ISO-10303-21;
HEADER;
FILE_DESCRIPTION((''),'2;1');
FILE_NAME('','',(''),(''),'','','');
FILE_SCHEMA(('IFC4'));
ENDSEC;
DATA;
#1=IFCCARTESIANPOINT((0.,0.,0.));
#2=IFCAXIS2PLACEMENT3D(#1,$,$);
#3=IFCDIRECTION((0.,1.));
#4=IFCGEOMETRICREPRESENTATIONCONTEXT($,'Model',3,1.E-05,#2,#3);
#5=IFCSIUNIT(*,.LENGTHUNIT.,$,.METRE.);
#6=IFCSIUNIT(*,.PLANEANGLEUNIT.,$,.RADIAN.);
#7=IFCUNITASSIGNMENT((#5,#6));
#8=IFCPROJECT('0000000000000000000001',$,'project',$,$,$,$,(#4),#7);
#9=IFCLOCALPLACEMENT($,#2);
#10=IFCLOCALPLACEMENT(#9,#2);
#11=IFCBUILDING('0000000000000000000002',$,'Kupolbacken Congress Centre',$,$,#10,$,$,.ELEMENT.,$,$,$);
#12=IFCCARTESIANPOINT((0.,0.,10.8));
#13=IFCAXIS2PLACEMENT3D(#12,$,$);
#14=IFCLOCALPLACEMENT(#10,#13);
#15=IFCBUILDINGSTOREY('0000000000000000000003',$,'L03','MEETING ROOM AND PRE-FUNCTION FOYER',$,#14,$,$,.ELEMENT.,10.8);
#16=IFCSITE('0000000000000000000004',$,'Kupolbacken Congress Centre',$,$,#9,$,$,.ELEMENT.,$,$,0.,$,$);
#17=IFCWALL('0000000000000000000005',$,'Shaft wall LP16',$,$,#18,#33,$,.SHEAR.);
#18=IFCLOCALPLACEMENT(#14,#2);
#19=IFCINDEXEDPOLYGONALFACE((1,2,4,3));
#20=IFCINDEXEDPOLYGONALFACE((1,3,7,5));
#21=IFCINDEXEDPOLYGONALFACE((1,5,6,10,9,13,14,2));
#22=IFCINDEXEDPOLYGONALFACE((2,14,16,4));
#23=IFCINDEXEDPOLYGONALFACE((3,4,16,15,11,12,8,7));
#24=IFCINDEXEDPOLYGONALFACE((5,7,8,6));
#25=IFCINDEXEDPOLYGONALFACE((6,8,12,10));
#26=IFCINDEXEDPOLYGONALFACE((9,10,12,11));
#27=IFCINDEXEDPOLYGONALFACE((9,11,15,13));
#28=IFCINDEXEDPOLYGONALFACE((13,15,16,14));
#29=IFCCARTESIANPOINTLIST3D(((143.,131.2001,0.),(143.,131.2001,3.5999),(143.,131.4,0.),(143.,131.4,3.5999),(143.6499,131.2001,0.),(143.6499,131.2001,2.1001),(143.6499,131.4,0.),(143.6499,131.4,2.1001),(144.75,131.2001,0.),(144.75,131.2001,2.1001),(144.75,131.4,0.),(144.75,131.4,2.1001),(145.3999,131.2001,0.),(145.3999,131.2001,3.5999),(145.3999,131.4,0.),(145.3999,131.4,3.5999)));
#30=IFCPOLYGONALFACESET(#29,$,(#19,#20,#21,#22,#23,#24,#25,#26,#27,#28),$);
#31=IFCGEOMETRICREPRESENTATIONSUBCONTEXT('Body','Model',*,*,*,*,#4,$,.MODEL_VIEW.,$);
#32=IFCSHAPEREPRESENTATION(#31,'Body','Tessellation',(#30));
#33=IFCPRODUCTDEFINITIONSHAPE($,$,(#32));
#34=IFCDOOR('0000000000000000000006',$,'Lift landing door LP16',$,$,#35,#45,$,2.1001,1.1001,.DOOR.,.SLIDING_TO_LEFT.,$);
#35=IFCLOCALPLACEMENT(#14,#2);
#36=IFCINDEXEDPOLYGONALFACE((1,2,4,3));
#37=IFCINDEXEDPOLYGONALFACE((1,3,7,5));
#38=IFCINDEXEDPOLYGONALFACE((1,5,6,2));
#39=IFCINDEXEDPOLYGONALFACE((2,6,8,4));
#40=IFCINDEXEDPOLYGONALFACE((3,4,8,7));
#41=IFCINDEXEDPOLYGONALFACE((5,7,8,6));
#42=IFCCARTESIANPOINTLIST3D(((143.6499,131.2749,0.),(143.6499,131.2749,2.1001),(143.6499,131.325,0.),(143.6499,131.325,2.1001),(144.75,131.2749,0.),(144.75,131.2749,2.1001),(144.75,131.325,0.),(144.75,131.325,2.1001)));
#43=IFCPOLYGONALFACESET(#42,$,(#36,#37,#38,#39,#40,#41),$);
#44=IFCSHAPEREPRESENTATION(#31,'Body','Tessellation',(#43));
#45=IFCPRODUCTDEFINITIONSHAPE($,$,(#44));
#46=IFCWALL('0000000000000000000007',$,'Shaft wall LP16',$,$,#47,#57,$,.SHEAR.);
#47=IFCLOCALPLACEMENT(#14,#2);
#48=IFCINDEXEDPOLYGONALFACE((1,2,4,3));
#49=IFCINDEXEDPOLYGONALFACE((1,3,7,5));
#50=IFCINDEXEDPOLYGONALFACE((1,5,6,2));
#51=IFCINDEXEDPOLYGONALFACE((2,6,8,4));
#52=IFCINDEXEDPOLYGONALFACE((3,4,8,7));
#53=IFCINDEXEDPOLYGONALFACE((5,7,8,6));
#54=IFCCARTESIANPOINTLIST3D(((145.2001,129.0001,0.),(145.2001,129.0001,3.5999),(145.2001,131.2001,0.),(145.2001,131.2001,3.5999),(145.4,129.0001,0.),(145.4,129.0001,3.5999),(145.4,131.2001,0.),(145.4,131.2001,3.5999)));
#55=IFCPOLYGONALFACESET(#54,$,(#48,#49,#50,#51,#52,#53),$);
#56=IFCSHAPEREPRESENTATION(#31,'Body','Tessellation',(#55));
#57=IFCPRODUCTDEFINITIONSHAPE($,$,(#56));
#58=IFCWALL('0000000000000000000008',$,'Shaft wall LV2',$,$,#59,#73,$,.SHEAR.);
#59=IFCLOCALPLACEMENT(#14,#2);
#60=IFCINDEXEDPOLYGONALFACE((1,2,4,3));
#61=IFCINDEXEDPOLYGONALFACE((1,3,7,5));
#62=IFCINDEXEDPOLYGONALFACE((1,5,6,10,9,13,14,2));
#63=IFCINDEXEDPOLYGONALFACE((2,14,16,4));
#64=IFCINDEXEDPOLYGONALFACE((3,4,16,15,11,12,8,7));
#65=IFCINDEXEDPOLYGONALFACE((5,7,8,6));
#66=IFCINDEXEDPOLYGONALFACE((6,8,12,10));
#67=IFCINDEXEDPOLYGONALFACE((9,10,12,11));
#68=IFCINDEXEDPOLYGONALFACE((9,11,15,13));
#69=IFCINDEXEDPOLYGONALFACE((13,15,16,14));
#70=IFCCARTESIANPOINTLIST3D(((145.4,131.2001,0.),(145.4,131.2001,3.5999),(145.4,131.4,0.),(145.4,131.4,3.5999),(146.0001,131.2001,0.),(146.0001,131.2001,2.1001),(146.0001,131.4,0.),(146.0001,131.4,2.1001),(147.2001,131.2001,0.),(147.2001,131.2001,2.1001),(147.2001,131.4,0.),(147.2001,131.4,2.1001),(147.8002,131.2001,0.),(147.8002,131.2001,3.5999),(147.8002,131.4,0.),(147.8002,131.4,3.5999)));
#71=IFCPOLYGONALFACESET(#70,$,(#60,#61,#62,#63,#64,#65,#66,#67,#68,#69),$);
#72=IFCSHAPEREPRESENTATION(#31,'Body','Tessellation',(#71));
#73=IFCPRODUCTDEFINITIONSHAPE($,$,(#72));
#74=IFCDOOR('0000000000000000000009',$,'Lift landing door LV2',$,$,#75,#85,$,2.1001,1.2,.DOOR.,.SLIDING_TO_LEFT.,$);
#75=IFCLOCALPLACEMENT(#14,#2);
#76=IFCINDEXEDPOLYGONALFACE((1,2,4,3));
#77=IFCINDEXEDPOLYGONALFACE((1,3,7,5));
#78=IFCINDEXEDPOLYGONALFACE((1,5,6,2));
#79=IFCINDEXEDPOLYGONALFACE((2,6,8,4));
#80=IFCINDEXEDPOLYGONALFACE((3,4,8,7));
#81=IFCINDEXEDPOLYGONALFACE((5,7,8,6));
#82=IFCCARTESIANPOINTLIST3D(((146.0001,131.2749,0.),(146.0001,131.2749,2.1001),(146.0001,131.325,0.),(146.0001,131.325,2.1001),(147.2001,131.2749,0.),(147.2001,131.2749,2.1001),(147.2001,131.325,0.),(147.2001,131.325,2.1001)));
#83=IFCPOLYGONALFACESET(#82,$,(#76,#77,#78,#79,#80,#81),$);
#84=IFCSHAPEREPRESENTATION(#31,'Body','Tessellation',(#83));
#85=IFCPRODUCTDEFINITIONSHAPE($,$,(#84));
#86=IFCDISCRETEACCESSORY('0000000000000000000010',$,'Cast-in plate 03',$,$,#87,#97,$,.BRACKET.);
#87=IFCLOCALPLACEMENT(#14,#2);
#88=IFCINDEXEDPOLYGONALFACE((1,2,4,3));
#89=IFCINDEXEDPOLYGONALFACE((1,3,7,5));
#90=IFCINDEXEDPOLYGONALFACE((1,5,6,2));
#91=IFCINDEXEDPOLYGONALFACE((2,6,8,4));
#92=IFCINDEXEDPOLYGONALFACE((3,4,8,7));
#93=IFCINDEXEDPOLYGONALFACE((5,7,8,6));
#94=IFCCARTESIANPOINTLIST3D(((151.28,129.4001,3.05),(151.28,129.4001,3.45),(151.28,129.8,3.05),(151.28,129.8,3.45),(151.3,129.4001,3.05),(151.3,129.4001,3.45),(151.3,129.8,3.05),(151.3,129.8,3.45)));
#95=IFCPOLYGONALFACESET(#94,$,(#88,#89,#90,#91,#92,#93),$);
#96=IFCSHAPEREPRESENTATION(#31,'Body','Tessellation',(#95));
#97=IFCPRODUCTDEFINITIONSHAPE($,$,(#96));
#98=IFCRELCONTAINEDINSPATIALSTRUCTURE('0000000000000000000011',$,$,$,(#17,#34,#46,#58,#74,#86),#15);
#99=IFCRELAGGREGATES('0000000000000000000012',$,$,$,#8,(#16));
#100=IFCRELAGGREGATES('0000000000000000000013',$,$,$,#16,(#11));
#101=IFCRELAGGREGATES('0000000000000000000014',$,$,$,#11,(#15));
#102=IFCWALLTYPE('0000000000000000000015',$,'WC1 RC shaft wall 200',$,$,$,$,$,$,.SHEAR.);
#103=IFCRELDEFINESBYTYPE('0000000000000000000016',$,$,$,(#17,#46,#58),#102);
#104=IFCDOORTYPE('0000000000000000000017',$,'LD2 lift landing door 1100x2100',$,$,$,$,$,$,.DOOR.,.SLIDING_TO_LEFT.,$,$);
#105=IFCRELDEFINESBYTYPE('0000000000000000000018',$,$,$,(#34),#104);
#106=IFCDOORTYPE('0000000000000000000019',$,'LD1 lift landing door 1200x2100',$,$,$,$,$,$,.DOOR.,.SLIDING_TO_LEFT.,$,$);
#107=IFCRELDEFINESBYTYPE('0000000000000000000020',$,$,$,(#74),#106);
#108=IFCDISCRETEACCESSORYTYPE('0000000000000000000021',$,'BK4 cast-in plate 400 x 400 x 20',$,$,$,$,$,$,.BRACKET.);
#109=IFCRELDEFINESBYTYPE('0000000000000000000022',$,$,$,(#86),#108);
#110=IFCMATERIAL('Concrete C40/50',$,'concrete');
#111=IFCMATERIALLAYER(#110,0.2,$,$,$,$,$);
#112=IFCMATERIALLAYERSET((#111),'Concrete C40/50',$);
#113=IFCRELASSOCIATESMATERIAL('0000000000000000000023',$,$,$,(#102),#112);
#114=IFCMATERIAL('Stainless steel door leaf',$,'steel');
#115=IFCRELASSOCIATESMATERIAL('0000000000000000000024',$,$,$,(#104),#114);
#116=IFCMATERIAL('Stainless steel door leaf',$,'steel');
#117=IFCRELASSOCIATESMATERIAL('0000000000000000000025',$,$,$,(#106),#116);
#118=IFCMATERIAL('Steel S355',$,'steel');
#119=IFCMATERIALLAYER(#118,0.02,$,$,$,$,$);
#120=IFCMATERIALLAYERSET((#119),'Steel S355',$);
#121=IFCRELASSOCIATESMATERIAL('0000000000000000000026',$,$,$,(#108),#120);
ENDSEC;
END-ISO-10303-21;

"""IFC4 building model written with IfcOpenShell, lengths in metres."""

from ifc_helpers import new_model, si_unit, direction, frame, frame_2d, origin, origin_2d, place, context, subcontext, project, spatial, rectangle, extrude, material, layer, layer_set, type_object, element, fill, save


model = new_model("IFC4")

# Units and contexts
model_context = context("Model", 3, precision=1e-05, world=origin(), true_north=direction((0.0, 1.0)))
body_context = subcontext(model_context, "Body", "Model", "MODEL_VIEW")
ifc_project = project(units=[si_unit("LENGTHUNIT", "METRE"), si_unit("PLANEANGLEUNIT", "RADIAN")], contexts=[model_context])

# Site, building, storey
site_placement = place(None, origin())
site = spatial("IfcSite", under=ifc_project, at=site_placement, Name="Kupolbacken Congress Centre", CompositionType="ELEMENT", RefElevation=0.0)
building_placement = place(site_placement, origin())
building = spatial("IfcBuilding", under=site, at=building_placement, Name="Kupolbacken Congress Centre", CompositionType="ELEMENT")
storey_placement = place(building_placement, frame((0.0, 0.0, 10.8)))
storey = spatial("IfcBuildingStorey", under=building, at=storey_placement, Name="L03", Description="MEETING ROOM AND PRE-FUNCTION FOYER", CompositionType="ELEMENT", Elevation=10.8)

# Shared definitions
ifc_material_1 = material(Name="Concrete C40/50", Category="concrete")
ifc_layer_1 = layer(ifc_material_1, 0.2)
ifc_layer_set_1 = layer_set([ifc_layer_1], Name="Concrete C40/50")
wall_type_1 = type_object("IfcWallType", Name="WC1 RC shaft wall 200", PredefinedType="SHEAR", material=ifc_layer_set_1)

# Wall, opening, door
wall_1_placement = place(storey_placement, frame((143.0, 131.3, 0.0), z_axis=(0.0, 0.0, 1.0), x_axis=(1.0, 0.0, 0.0)))
wall_1 = element("IfcWall", 1, at=wall_1_placement, inside=storey, type_object=wall_type_1, Name="Shaft wall LP16", PredefinedType="SHEAR", context=body_context, shape_type="SweptSolid", body=[
    extrude(rectangle(XDim=2.3999, YDim=0.2, at=frame_2d((1.2, 0.0))), origin(), (0.0, 0.0, 1.0), 3.5999),
])
opening_1_placement = place(wall_1_placement, frame((0.6499, 0.0, 0.0)))
opening_1 = element("IfcOpeningElement", 2, at=opening_1_placement, cuts=wall_1, PredefinedType="OPENING", context=body_context, shape_type="SweptSolid", body=[
    extrude(rectangle(XDim=1.1001, YDim=2.1001, at=frame_2d((0.55, 1.05))), frame((0.0, 0.1099, 0.0), z_axis=(0.0, -1.0, 0.0), x_axis=(1.0, 0.0, 0.0)), (0.0, 0.0, 1.0), 0.22),
])
ifc_material_2 = material(Name="Stainless steel door leaf", Category="steel")
door_type_1 = type_object("IfcDoorType", Name="LD2 lift landing door 1100x2100", OperationType="SLIDING_TO_LEFT", PredefinedType="DOOR", material=ifc_material_2)
door_1_placement = place(opening_1_placement, origin())
door_1 = element("IfcDoor", 3, at=door_1_placement, inside=storey, type_object=door_type_1, Name="Lift landing door LP16", OperationType="SLIDING_TO_LEFT", OverallHeight=2.1001, OverallWidth=1.1001, PredefinedType="DOOR", context=body_context, shape_type="SweptSolid", body=[
    extrude(rectangle(XDim=1.1001, YDim=2.1001, at=frame_2d((0.55, 1.05))), frame((0.0, 0.0249, 0.0), z_axis=(0.0, -1.0, 0.0), x_axis=(1.0, 0.0, 0.0)), (0.0, 0.0, 1.0), 0.05),
])
fill(opening_1, door_1)

# Wall
wall_2_placement = place(storey_placement, frame((145.3, 129.0, 0.0), z_axis=(0.0, 0.0, 1.0), x_axis=(0.0, 1.0, 0.0)))
element("IfcWall", 4, at=wall_2_placement, inside=storey, type_object=wall_type_1, Name="Shaft wall LP16", PredefinedType="SHEAR", context=body_context, shape_type="SweptSolid", body=[
    extrude(rectangle(XDim=2.2, YDim=0.2, at=frame_2d((1.1001, 0.0))), origin(), (0.0, 0.0, 1.0), 3.5999),
])

# Wall, opening, door
wall_3_placement = place(storey_placement, frame((145.3999, 131.3, 0.0), z_axis=(0.0, 0.0, 1.0), x_axis=(1.0, 0.0, 0.0)))
wall_3 = element("IfcWall", 5, at=wall_3_placement, inside=storey, type_object=wall_type_1, Name="Shaft wall LV2", PredefinedType="SHEAR", context=body_context, shape_type="SweptSolid", body=[
    extrude(rectangle(XDim=2.4001, YDim=0.2, at=frame_2d((1.2002, 0.0))), origin(), (0.0, 0.0, 1.0), 3.5999),
])
opening_2_placement = place(wall_3_placement, frame((0.6001, 0.0, 0.0)))
opening_2 = element("IfcOpeningElement", 6, at=opening_2_placement, cuts=wall_3, PredefinedType="OPENING", context=body_context, shape_type="SweptSolid", body=[
    extrude(rectangle(XDim=1.2, YDim=2.1001, at=frame_2d((0.6001, 1.05))), frame((0.0, 0.1099, 0.0), z_axis=(0.0, -1.0, 0.0), x_axis=(1.0, 0.0, 0.0)), (0.0, 0.0, 1.0), 0.22),
])
ifc_material_3 = material(Name="Stainless steel door leaf", Category="steel")
door_type_2 = type_object("IfcDoorType", Name="LD1 lift landing door 1200x2100", OperationType="SLIDING_TO_LEFT", PredefinedType="DOOR", material=ifc_material_3)
door_2_placement = place(opening_2_placement, origin())
door_2 = element("IfcDoor", 7, at=door_2_placement, inside=storey, type_object=door_type_2, Name="Lift landing door LV2", OperationType="SLIDING_TO_LEFT", OverallHeight=2.1001, OverallWidth=1.2, PredefinedType="DOOR", context=body_context, shape_type="SweptSolid", body=[
    extrude(rectangle(XDim=1.2, YDim=2.1001, at=frame_2d((0.6001, 1.05))), frame((0.0, 0.0249, 0.0), z_axis=(0.0, -1.0, 0.0), x_axis=(1.0, 0.0, 0.0)), (0.0, 0.0, 1.0), 0.05),
])
fill(opening_2, door_2)

# Discrete accessory
ifc_material_4 = material(Name="Steel S355", Category="steel")
ifc_layer_2 = layer(ifc_material_4, 0.02)
ifc_layer_set_2 = layer_set([ifc_layer_2], Name="Steel S355")
discrete_accessory_type = type_object("IfcDiscreteAccessoryType", Name="BK4 cast-in plate 400 x 400 x 20", PredefinedType="BRACKET", material=ifc_layer_set_2)
discrete_accessory_placement = place(storey_placement, frame((151.29, 129.6001, 3.05), z_axis=(0.0, 0.0, 1.0), x_axis=(1.0, 0.0, 0.0)))
element("IfcDiscreteAccessory", 8, at=discrete_accessory_placement, inside=storey, type_object=discrete_accessory_type, Name="Cast-in plate 03", PredefinedType="BRACKET", context=body_context, shape_type="SweptSolid", body=[
    extrude(rectangle(XDim=0.02, YDim=0.3999, at=origin_2d()), origin(), (0.0, 0.0, 1.0), 0.3999),
])

save(model, "model.ifc")
